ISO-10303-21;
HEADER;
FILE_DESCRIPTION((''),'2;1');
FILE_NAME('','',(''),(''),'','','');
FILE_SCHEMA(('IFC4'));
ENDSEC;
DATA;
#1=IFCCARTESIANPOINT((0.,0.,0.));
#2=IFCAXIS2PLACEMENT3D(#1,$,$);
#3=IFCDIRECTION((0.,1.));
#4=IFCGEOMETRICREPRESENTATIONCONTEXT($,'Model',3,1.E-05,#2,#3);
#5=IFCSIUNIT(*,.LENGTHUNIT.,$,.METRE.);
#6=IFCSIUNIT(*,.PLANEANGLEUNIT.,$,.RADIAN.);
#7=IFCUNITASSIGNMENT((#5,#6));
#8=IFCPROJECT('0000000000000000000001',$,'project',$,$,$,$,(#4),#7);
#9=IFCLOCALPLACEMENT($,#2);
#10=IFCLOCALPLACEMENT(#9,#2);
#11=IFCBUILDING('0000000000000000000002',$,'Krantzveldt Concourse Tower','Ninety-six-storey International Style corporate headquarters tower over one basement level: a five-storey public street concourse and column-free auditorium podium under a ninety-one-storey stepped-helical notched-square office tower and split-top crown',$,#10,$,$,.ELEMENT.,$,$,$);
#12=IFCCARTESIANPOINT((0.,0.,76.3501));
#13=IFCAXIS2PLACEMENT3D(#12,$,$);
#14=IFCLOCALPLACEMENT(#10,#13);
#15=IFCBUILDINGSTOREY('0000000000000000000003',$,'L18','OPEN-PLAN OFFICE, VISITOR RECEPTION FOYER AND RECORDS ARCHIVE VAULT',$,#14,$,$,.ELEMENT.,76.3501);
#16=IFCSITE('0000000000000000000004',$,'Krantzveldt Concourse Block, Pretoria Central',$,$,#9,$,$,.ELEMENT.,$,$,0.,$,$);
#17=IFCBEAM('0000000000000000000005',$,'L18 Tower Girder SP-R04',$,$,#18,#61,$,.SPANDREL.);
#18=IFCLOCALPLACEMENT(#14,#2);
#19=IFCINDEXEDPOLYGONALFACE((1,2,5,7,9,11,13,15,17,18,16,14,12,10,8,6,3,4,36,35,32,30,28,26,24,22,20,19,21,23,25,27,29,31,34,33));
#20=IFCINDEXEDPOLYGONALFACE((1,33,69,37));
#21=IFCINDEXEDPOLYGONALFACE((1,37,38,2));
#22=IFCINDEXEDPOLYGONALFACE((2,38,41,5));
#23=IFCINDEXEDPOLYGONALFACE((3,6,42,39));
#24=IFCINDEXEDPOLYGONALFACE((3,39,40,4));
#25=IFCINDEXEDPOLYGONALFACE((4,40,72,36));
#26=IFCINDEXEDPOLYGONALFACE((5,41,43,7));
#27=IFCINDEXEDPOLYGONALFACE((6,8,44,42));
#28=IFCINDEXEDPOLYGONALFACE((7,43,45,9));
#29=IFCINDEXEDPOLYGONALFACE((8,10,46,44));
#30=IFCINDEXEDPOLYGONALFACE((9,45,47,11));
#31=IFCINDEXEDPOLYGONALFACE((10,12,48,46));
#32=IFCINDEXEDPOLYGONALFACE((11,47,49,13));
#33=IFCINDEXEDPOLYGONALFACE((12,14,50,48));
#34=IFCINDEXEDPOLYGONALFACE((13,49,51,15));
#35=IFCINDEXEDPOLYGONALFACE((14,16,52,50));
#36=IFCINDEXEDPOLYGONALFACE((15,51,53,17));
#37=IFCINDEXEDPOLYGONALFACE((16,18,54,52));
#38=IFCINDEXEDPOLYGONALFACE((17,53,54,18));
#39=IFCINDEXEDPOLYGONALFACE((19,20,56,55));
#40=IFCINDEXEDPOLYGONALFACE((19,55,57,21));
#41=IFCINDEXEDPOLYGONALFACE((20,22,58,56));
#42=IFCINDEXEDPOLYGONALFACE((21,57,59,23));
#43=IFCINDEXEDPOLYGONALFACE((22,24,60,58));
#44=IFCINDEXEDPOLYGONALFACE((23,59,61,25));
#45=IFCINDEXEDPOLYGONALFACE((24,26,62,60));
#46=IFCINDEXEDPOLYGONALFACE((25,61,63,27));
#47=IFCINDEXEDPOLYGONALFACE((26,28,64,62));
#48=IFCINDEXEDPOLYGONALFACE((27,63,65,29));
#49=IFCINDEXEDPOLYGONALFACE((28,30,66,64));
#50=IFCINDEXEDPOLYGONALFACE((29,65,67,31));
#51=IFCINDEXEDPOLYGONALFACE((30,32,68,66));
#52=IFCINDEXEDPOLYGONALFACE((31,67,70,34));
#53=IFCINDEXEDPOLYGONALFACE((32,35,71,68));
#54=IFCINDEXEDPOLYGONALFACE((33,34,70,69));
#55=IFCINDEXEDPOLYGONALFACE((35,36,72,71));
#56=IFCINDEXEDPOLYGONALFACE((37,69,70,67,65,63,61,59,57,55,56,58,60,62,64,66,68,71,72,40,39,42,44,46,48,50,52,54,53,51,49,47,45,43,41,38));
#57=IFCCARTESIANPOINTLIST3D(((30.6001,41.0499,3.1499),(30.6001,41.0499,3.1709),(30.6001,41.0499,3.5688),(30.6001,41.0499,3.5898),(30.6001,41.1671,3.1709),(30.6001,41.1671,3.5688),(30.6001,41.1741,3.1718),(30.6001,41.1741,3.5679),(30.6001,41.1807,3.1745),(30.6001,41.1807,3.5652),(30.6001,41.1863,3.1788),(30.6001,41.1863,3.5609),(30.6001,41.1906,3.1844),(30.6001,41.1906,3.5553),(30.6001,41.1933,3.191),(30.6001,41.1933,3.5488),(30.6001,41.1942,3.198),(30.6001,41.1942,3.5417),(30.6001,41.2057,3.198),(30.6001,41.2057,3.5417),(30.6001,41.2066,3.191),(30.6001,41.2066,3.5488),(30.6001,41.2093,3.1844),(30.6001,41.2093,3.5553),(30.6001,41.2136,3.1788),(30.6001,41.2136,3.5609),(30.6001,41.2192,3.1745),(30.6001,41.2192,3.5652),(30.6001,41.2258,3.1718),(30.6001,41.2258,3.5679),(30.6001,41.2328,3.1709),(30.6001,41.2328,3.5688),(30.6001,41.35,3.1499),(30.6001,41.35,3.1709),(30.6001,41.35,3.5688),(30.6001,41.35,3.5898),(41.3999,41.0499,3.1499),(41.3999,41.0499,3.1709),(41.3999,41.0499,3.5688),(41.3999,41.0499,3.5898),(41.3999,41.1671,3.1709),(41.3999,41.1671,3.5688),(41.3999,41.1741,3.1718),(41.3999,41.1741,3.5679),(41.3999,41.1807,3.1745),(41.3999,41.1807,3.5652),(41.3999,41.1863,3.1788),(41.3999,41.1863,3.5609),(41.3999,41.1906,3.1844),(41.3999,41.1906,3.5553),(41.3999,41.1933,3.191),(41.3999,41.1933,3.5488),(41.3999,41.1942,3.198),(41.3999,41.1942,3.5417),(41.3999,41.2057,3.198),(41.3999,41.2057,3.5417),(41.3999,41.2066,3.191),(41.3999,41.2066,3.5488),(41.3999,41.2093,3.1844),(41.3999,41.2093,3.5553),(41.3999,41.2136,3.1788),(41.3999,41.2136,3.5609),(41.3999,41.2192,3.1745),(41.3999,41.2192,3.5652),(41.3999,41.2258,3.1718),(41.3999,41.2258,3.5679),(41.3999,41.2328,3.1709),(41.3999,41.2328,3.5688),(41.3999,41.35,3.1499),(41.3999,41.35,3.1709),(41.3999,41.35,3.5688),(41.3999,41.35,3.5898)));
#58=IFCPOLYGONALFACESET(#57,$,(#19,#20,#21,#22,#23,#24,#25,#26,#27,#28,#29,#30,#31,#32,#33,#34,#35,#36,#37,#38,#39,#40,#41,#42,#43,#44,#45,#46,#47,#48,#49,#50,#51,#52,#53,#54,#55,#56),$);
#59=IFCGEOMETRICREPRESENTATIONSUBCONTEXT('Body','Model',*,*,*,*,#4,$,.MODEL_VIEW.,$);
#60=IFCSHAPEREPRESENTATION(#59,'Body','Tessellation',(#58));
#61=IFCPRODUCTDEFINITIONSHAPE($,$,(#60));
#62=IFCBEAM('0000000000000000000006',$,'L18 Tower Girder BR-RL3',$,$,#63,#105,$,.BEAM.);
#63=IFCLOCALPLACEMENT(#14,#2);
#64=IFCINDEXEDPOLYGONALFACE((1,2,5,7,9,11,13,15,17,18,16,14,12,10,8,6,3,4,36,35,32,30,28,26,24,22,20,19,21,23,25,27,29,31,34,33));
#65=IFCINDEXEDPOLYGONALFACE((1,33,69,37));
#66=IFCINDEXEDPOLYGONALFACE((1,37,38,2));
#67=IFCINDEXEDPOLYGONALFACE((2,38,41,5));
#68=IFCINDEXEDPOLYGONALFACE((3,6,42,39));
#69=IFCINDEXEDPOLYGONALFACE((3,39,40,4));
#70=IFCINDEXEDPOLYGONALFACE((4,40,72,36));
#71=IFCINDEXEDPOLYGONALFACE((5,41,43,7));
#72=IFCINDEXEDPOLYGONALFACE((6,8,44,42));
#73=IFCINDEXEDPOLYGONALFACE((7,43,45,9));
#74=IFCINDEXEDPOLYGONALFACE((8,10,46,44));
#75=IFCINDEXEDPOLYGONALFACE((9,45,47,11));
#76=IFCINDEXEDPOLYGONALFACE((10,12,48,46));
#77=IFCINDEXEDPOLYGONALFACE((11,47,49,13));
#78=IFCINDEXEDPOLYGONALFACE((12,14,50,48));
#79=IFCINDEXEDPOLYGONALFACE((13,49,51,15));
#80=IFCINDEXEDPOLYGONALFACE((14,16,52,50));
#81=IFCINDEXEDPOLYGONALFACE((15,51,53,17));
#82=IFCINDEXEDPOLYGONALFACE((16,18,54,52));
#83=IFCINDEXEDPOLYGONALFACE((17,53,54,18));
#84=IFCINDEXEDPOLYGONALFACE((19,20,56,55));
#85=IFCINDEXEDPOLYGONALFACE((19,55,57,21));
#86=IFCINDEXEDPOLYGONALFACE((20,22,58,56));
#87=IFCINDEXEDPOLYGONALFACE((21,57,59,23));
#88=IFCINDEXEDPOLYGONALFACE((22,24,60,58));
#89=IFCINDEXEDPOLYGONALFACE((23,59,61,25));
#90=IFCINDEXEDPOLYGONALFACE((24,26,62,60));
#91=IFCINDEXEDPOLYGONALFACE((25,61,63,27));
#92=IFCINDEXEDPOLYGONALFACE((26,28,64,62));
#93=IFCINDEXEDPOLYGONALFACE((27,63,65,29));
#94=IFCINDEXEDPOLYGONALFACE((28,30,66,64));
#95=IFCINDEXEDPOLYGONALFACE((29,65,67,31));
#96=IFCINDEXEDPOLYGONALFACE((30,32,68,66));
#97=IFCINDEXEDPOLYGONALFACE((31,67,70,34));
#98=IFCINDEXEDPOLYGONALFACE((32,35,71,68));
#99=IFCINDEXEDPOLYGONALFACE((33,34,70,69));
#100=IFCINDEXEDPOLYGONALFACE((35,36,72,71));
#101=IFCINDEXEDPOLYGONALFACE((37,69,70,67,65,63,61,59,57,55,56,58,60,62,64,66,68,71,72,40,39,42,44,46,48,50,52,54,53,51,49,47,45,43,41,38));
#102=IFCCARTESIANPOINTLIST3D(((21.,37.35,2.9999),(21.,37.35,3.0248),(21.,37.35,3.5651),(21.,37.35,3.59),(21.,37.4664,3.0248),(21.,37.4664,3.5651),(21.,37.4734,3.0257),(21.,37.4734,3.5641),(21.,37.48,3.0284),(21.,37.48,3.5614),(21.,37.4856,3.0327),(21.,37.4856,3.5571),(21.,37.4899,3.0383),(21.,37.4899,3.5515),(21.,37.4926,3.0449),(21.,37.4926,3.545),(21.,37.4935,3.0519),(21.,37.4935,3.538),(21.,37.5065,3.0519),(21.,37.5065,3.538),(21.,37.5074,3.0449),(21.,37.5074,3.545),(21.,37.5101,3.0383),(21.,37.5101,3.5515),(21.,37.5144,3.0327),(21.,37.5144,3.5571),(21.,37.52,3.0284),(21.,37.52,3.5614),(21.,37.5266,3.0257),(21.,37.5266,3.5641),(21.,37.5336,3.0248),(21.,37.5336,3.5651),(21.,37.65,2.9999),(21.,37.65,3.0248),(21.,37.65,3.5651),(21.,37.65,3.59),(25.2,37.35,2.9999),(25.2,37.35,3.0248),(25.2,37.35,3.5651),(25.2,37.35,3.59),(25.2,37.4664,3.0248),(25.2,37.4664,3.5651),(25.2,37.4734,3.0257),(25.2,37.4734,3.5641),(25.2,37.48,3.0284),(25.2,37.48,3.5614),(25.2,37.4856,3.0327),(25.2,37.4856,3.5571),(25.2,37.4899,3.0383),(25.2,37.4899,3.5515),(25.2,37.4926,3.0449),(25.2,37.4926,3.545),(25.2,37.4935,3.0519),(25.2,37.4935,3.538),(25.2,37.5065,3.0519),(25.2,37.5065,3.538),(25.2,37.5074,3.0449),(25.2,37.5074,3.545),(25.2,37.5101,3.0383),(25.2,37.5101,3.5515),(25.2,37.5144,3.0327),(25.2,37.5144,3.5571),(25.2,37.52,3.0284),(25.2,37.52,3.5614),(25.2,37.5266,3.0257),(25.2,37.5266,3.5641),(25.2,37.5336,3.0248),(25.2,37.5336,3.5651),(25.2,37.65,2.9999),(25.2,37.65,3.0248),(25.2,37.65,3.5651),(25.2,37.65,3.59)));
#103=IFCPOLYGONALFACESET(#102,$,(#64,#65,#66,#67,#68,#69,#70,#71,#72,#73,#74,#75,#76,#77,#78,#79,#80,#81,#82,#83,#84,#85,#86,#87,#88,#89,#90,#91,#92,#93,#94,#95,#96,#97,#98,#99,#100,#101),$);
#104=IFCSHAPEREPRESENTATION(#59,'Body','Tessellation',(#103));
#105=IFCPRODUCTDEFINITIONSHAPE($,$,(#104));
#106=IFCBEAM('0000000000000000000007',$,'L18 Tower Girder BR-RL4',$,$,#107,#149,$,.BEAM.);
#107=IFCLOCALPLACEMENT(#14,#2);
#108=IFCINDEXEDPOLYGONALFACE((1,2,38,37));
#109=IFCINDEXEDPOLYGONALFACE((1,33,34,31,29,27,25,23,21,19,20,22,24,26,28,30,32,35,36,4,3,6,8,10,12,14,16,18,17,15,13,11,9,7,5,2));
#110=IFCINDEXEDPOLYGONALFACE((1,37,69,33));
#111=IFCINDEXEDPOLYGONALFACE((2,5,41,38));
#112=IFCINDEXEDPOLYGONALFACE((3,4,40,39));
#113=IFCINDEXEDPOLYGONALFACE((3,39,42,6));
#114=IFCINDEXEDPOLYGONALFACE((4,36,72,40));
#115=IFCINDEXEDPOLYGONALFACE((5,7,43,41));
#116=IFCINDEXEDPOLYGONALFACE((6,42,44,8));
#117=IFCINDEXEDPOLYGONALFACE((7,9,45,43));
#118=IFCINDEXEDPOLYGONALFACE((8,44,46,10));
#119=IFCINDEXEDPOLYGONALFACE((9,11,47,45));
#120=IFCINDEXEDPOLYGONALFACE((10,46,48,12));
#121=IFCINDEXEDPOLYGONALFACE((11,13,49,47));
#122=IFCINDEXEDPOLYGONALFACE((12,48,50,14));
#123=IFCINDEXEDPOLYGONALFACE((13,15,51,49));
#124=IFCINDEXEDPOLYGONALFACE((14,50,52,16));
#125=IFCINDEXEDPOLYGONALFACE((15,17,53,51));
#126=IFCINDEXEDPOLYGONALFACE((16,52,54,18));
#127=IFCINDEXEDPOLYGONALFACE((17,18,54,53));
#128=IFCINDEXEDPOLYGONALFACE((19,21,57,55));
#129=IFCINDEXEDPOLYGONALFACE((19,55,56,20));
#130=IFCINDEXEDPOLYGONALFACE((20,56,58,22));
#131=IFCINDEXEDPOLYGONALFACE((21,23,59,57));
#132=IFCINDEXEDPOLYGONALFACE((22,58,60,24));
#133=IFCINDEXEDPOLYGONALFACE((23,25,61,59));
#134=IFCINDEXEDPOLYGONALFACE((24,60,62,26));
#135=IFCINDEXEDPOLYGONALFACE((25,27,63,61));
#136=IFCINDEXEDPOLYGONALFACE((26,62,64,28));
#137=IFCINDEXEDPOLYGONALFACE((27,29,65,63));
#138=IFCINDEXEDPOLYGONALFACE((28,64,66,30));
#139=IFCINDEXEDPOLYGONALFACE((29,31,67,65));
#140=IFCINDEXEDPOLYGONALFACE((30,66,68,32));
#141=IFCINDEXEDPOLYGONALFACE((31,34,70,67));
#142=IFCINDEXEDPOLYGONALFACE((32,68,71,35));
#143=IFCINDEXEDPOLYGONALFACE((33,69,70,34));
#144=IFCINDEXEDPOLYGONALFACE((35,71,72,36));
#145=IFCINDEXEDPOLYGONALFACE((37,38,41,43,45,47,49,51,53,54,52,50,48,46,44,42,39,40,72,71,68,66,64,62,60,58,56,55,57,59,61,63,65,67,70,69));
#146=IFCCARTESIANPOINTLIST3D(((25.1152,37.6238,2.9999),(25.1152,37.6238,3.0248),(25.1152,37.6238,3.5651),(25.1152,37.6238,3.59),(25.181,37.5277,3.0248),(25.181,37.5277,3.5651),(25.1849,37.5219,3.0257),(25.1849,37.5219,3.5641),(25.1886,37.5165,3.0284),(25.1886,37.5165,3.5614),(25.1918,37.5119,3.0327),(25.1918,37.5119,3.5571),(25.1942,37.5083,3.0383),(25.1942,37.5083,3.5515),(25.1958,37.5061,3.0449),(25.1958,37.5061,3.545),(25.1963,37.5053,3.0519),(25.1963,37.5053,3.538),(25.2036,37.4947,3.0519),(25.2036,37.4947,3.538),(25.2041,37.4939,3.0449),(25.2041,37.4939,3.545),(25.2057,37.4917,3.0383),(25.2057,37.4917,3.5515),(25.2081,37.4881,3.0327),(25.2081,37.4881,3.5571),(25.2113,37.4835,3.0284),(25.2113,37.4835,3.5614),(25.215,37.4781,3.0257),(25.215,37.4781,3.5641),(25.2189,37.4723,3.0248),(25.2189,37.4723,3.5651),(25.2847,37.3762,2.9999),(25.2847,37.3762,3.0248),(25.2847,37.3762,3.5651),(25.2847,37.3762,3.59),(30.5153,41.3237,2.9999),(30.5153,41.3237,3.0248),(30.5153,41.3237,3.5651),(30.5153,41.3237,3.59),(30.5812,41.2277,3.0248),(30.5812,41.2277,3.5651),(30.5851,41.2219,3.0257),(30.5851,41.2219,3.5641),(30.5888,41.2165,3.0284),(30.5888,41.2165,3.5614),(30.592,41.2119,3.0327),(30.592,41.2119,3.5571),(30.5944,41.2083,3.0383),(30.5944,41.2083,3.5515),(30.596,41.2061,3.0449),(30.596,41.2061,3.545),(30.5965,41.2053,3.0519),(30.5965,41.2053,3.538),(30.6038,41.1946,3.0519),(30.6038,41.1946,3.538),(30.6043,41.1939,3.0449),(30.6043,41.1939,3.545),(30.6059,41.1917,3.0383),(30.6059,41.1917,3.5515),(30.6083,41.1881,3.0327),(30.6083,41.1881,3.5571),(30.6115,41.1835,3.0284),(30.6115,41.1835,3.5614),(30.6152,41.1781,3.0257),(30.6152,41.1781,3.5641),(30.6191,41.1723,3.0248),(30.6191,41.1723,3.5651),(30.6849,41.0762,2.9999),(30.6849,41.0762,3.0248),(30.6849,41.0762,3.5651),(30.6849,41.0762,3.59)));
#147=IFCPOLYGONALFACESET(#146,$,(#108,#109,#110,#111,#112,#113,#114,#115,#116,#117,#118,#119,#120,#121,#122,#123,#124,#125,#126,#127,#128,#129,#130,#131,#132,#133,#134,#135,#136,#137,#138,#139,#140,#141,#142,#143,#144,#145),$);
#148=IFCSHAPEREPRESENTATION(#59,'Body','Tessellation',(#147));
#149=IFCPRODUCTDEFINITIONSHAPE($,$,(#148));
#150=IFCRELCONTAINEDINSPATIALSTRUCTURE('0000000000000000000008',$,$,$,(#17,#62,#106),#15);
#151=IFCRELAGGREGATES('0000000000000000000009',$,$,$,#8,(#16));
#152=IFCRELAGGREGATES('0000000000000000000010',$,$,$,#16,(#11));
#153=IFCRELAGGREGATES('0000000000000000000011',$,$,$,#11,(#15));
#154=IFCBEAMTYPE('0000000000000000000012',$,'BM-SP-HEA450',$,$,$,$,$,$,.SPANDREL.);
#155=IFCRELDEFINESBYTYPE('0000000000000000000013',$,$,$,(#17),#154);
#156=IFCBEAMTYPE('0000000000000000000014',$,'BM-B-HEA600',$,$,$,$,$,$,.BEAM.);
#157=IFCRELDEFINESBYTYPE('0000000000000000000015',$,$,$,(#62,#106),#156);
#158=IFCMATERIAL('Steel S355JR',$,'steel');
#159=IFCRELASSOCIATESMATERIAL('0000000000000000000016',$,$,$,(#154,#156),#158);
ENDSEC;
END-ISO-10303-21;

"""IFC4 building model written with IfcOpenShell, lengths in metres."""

from ifc_helpers import new_model, si_unit, direction, frame, origin, origin_2d, place, context, subcontext, project, spatial, i_section, extrude, source, transform, mapped, material, material_profile, profile_set, type_object, type_shapes, element, save


model = new_model("IFC4")

# Units and contexts
model_context = context("Model", 3, precision=1e-05, world=origin(), true_north=direction((0.0, 1.0)))
body_context = subcontext(model_context, "Body", "Model", "MODEL_VIEW")
ifc_project = project(units=[si_unit("LENGTHUNIT", "METRE"), si_unit("PLANEANGLEUNIT", "RADIAN")], contexts=[model_context])

# Site, building, storey
site_placement = place(None, origin())
site = spatial("IfcSite", under=ifc_project, at=site_placement, Name="Krantzveldt Concourse Block, Pretoria Central", CompositionType="ELEMENT", RefElevation=0.0)
building_placement = place(site_placement, origin())
building = spatial("IfcBuilding", under=site, at=building_placement, Name="Krantzveldt Concourse Tower", Description="Ninety-six-storey International Style corporate headquarters tower over one basement level: a five-storey public street concourse and column-free auditorium podium under a ninety-one-storey stepped-helical notched-square office tower and split-top crown", CompositionType="ELEMENT")
storey_placement = place(building_placement, frame((0.0, 0.0, 76.3501)))
storey = spatial("IfcBuildingStorey", under=building, at=storey_placement, Name="L18", Description="OPEN-PLAN OFFICE, VISITOR RECEPTION FOYER AND RECORDS ARCHIVE VAULT", CompositionType="ELEMENT", Elevation=76.3501)

# Beams
ifc_material_1 = material(Name="Steel S355JR", Category="steel")
ifc_material_profile_1 = material_profile(ifc_material_1, i_section(OverallWidth=0.3, OverallDepth=0.4399, WebThickness=0.0115, FlangeThickness=0.021, FilletRadius=0.0271, at=origin_2d()), Name="Steel S355JR", Category="steel")
ifc_profile_set_1 = profile_set([ifc_material_profile_1], Name="Steel S355JR - HEA 450")
beam_type_1 = type_object("IfcBeamType", Name="BM-SP-HEA450", PredefinedType="SPANDREL", material=ifc_profile_set_1)
shared_shape_1 = source(origin(), body_context, "Body", "SweptSolid", [
    extrude(i_section(OverallWidth=0.3, OverallDepth=0.4399, WebThickness=0.0115, FlangeThickness=0.021, FilletRadius=0.0271, at=origin_2d()), origin(), (0.0, 0.0, 1.0), 10.7998),
])
beam_1_placement = place(storey_placement, frame((30.6001, 41.2, 3.3699), z_axis=(1.0, 0.0, 0.0), x_axis=(0.0, 1.0, 0.0)))
element("IfcBeam", 1, at=beam_1_placement, inside=storey, type_object=beam_type_1, Name="L18 Tower Girder SP-R04", PredefinedType="SPANDREL", context=body_context, shape_type="MappedRepresentation", body=[
    mapped(shared_shape_1, transform((0.0, 0.0, 0.0), x_axis=(1.0, 0.0, 0.0), y_axis=(0.0, 1.0, 0.0), z_axis=(0.0, 0.0, 1.0), scale=1.0)),
])
ifc_material_profile_2 = material_profile(ifc_material_1, i_section(OverallWidth=0.3, OverallDepth=0.5901, WebThickness=0.0129, FlangeThickness=0.0249, FilletRadius=0.0271, at=origin_2d()), Name="Steel S355JR", Category="steel")
ifc_profile_set_2 = profile_set([ifc_material_profile_2], Name="Steel S355JR - HEA 600")
beam_type_2 = type_object("IfcBeamType", Name="BM-B-HEA600", PredefinedType="BEAM", material=ifc_profile_set_2)
shared_shape_2 = source(origin(), body_context, "Body", "SweptSolid", [
    extrude(i_section(OverallWidth=0.3, OverallDepth=0.5901, WebThickness=0.0129, FlangeThickness=0.0249, FilletRadius=0.0271, at=origin_2d()), origin(), (0.0, 0.0, 1.0), 4.2),
])
beam_2_placement = place(storey_placement, frame((21.0, 37.5, 3.2949), z_axis=(1.0, 0.0, 0.0), x_axis=(0.0, 1.0, 0.0)))
element("IfcBeam", 2, at=beam_2_placement, inside=storey, type_object=beam_type_2, Name="L18 Tower Girder BR-RL3", PredefinedType="BEAM", context=body_context, shape_type="MappedRepresentation", body=[
    mapped(shared_shape_2, transform((0.0, 0.0, 0.0), x_axis=(1.0, 0.0, 0.0), y_axis=(0.0, 1.0, 0.0), z_axis=(0.0, 0.0, 1.0), scale=1.0)),
])
shared_shape_3 = source(origin(), body_context, "Body", "SweptSolid", [
    extrude(i_section(OverallWidth=0.3, OverallDepth=0.5901, WebThickness=0.0129, FlangeThickness=0.0249, FilletRadius=0.0271, at=origin_2d()), origin(), (0.0, 0.0, 1.0), 6.5461),
])
type_shapes(beam_type_2, [shared_shape_2, shared_shape_3])
beam_3_placement = place(storey_placement, frame((25.2, 37.5, 3.2949), z_axis=(0.824943, 0.565216, 0.0), x_axis=(-0.565216, 0.824943, 0.0)))
element("IfcBeam", 3, at=beam_3_placement, inside=storey, type_object=beam_type_2, Name="L18 Tower Girder BR-RL4", PredefinedType="BEAM", context=body_context, shape_type="MappedRepresentation", body=[
    mapped(shared_shape_3, transform((0.0, 0.0, 0.0), x_axis=(1.0, 0.0, 0.0), y_axis=(0.0, 1.0, 0.0), z_axis=(0.0, 0.0, 1.0), scale=1.0)),
])

save(model, "model.ifc")
